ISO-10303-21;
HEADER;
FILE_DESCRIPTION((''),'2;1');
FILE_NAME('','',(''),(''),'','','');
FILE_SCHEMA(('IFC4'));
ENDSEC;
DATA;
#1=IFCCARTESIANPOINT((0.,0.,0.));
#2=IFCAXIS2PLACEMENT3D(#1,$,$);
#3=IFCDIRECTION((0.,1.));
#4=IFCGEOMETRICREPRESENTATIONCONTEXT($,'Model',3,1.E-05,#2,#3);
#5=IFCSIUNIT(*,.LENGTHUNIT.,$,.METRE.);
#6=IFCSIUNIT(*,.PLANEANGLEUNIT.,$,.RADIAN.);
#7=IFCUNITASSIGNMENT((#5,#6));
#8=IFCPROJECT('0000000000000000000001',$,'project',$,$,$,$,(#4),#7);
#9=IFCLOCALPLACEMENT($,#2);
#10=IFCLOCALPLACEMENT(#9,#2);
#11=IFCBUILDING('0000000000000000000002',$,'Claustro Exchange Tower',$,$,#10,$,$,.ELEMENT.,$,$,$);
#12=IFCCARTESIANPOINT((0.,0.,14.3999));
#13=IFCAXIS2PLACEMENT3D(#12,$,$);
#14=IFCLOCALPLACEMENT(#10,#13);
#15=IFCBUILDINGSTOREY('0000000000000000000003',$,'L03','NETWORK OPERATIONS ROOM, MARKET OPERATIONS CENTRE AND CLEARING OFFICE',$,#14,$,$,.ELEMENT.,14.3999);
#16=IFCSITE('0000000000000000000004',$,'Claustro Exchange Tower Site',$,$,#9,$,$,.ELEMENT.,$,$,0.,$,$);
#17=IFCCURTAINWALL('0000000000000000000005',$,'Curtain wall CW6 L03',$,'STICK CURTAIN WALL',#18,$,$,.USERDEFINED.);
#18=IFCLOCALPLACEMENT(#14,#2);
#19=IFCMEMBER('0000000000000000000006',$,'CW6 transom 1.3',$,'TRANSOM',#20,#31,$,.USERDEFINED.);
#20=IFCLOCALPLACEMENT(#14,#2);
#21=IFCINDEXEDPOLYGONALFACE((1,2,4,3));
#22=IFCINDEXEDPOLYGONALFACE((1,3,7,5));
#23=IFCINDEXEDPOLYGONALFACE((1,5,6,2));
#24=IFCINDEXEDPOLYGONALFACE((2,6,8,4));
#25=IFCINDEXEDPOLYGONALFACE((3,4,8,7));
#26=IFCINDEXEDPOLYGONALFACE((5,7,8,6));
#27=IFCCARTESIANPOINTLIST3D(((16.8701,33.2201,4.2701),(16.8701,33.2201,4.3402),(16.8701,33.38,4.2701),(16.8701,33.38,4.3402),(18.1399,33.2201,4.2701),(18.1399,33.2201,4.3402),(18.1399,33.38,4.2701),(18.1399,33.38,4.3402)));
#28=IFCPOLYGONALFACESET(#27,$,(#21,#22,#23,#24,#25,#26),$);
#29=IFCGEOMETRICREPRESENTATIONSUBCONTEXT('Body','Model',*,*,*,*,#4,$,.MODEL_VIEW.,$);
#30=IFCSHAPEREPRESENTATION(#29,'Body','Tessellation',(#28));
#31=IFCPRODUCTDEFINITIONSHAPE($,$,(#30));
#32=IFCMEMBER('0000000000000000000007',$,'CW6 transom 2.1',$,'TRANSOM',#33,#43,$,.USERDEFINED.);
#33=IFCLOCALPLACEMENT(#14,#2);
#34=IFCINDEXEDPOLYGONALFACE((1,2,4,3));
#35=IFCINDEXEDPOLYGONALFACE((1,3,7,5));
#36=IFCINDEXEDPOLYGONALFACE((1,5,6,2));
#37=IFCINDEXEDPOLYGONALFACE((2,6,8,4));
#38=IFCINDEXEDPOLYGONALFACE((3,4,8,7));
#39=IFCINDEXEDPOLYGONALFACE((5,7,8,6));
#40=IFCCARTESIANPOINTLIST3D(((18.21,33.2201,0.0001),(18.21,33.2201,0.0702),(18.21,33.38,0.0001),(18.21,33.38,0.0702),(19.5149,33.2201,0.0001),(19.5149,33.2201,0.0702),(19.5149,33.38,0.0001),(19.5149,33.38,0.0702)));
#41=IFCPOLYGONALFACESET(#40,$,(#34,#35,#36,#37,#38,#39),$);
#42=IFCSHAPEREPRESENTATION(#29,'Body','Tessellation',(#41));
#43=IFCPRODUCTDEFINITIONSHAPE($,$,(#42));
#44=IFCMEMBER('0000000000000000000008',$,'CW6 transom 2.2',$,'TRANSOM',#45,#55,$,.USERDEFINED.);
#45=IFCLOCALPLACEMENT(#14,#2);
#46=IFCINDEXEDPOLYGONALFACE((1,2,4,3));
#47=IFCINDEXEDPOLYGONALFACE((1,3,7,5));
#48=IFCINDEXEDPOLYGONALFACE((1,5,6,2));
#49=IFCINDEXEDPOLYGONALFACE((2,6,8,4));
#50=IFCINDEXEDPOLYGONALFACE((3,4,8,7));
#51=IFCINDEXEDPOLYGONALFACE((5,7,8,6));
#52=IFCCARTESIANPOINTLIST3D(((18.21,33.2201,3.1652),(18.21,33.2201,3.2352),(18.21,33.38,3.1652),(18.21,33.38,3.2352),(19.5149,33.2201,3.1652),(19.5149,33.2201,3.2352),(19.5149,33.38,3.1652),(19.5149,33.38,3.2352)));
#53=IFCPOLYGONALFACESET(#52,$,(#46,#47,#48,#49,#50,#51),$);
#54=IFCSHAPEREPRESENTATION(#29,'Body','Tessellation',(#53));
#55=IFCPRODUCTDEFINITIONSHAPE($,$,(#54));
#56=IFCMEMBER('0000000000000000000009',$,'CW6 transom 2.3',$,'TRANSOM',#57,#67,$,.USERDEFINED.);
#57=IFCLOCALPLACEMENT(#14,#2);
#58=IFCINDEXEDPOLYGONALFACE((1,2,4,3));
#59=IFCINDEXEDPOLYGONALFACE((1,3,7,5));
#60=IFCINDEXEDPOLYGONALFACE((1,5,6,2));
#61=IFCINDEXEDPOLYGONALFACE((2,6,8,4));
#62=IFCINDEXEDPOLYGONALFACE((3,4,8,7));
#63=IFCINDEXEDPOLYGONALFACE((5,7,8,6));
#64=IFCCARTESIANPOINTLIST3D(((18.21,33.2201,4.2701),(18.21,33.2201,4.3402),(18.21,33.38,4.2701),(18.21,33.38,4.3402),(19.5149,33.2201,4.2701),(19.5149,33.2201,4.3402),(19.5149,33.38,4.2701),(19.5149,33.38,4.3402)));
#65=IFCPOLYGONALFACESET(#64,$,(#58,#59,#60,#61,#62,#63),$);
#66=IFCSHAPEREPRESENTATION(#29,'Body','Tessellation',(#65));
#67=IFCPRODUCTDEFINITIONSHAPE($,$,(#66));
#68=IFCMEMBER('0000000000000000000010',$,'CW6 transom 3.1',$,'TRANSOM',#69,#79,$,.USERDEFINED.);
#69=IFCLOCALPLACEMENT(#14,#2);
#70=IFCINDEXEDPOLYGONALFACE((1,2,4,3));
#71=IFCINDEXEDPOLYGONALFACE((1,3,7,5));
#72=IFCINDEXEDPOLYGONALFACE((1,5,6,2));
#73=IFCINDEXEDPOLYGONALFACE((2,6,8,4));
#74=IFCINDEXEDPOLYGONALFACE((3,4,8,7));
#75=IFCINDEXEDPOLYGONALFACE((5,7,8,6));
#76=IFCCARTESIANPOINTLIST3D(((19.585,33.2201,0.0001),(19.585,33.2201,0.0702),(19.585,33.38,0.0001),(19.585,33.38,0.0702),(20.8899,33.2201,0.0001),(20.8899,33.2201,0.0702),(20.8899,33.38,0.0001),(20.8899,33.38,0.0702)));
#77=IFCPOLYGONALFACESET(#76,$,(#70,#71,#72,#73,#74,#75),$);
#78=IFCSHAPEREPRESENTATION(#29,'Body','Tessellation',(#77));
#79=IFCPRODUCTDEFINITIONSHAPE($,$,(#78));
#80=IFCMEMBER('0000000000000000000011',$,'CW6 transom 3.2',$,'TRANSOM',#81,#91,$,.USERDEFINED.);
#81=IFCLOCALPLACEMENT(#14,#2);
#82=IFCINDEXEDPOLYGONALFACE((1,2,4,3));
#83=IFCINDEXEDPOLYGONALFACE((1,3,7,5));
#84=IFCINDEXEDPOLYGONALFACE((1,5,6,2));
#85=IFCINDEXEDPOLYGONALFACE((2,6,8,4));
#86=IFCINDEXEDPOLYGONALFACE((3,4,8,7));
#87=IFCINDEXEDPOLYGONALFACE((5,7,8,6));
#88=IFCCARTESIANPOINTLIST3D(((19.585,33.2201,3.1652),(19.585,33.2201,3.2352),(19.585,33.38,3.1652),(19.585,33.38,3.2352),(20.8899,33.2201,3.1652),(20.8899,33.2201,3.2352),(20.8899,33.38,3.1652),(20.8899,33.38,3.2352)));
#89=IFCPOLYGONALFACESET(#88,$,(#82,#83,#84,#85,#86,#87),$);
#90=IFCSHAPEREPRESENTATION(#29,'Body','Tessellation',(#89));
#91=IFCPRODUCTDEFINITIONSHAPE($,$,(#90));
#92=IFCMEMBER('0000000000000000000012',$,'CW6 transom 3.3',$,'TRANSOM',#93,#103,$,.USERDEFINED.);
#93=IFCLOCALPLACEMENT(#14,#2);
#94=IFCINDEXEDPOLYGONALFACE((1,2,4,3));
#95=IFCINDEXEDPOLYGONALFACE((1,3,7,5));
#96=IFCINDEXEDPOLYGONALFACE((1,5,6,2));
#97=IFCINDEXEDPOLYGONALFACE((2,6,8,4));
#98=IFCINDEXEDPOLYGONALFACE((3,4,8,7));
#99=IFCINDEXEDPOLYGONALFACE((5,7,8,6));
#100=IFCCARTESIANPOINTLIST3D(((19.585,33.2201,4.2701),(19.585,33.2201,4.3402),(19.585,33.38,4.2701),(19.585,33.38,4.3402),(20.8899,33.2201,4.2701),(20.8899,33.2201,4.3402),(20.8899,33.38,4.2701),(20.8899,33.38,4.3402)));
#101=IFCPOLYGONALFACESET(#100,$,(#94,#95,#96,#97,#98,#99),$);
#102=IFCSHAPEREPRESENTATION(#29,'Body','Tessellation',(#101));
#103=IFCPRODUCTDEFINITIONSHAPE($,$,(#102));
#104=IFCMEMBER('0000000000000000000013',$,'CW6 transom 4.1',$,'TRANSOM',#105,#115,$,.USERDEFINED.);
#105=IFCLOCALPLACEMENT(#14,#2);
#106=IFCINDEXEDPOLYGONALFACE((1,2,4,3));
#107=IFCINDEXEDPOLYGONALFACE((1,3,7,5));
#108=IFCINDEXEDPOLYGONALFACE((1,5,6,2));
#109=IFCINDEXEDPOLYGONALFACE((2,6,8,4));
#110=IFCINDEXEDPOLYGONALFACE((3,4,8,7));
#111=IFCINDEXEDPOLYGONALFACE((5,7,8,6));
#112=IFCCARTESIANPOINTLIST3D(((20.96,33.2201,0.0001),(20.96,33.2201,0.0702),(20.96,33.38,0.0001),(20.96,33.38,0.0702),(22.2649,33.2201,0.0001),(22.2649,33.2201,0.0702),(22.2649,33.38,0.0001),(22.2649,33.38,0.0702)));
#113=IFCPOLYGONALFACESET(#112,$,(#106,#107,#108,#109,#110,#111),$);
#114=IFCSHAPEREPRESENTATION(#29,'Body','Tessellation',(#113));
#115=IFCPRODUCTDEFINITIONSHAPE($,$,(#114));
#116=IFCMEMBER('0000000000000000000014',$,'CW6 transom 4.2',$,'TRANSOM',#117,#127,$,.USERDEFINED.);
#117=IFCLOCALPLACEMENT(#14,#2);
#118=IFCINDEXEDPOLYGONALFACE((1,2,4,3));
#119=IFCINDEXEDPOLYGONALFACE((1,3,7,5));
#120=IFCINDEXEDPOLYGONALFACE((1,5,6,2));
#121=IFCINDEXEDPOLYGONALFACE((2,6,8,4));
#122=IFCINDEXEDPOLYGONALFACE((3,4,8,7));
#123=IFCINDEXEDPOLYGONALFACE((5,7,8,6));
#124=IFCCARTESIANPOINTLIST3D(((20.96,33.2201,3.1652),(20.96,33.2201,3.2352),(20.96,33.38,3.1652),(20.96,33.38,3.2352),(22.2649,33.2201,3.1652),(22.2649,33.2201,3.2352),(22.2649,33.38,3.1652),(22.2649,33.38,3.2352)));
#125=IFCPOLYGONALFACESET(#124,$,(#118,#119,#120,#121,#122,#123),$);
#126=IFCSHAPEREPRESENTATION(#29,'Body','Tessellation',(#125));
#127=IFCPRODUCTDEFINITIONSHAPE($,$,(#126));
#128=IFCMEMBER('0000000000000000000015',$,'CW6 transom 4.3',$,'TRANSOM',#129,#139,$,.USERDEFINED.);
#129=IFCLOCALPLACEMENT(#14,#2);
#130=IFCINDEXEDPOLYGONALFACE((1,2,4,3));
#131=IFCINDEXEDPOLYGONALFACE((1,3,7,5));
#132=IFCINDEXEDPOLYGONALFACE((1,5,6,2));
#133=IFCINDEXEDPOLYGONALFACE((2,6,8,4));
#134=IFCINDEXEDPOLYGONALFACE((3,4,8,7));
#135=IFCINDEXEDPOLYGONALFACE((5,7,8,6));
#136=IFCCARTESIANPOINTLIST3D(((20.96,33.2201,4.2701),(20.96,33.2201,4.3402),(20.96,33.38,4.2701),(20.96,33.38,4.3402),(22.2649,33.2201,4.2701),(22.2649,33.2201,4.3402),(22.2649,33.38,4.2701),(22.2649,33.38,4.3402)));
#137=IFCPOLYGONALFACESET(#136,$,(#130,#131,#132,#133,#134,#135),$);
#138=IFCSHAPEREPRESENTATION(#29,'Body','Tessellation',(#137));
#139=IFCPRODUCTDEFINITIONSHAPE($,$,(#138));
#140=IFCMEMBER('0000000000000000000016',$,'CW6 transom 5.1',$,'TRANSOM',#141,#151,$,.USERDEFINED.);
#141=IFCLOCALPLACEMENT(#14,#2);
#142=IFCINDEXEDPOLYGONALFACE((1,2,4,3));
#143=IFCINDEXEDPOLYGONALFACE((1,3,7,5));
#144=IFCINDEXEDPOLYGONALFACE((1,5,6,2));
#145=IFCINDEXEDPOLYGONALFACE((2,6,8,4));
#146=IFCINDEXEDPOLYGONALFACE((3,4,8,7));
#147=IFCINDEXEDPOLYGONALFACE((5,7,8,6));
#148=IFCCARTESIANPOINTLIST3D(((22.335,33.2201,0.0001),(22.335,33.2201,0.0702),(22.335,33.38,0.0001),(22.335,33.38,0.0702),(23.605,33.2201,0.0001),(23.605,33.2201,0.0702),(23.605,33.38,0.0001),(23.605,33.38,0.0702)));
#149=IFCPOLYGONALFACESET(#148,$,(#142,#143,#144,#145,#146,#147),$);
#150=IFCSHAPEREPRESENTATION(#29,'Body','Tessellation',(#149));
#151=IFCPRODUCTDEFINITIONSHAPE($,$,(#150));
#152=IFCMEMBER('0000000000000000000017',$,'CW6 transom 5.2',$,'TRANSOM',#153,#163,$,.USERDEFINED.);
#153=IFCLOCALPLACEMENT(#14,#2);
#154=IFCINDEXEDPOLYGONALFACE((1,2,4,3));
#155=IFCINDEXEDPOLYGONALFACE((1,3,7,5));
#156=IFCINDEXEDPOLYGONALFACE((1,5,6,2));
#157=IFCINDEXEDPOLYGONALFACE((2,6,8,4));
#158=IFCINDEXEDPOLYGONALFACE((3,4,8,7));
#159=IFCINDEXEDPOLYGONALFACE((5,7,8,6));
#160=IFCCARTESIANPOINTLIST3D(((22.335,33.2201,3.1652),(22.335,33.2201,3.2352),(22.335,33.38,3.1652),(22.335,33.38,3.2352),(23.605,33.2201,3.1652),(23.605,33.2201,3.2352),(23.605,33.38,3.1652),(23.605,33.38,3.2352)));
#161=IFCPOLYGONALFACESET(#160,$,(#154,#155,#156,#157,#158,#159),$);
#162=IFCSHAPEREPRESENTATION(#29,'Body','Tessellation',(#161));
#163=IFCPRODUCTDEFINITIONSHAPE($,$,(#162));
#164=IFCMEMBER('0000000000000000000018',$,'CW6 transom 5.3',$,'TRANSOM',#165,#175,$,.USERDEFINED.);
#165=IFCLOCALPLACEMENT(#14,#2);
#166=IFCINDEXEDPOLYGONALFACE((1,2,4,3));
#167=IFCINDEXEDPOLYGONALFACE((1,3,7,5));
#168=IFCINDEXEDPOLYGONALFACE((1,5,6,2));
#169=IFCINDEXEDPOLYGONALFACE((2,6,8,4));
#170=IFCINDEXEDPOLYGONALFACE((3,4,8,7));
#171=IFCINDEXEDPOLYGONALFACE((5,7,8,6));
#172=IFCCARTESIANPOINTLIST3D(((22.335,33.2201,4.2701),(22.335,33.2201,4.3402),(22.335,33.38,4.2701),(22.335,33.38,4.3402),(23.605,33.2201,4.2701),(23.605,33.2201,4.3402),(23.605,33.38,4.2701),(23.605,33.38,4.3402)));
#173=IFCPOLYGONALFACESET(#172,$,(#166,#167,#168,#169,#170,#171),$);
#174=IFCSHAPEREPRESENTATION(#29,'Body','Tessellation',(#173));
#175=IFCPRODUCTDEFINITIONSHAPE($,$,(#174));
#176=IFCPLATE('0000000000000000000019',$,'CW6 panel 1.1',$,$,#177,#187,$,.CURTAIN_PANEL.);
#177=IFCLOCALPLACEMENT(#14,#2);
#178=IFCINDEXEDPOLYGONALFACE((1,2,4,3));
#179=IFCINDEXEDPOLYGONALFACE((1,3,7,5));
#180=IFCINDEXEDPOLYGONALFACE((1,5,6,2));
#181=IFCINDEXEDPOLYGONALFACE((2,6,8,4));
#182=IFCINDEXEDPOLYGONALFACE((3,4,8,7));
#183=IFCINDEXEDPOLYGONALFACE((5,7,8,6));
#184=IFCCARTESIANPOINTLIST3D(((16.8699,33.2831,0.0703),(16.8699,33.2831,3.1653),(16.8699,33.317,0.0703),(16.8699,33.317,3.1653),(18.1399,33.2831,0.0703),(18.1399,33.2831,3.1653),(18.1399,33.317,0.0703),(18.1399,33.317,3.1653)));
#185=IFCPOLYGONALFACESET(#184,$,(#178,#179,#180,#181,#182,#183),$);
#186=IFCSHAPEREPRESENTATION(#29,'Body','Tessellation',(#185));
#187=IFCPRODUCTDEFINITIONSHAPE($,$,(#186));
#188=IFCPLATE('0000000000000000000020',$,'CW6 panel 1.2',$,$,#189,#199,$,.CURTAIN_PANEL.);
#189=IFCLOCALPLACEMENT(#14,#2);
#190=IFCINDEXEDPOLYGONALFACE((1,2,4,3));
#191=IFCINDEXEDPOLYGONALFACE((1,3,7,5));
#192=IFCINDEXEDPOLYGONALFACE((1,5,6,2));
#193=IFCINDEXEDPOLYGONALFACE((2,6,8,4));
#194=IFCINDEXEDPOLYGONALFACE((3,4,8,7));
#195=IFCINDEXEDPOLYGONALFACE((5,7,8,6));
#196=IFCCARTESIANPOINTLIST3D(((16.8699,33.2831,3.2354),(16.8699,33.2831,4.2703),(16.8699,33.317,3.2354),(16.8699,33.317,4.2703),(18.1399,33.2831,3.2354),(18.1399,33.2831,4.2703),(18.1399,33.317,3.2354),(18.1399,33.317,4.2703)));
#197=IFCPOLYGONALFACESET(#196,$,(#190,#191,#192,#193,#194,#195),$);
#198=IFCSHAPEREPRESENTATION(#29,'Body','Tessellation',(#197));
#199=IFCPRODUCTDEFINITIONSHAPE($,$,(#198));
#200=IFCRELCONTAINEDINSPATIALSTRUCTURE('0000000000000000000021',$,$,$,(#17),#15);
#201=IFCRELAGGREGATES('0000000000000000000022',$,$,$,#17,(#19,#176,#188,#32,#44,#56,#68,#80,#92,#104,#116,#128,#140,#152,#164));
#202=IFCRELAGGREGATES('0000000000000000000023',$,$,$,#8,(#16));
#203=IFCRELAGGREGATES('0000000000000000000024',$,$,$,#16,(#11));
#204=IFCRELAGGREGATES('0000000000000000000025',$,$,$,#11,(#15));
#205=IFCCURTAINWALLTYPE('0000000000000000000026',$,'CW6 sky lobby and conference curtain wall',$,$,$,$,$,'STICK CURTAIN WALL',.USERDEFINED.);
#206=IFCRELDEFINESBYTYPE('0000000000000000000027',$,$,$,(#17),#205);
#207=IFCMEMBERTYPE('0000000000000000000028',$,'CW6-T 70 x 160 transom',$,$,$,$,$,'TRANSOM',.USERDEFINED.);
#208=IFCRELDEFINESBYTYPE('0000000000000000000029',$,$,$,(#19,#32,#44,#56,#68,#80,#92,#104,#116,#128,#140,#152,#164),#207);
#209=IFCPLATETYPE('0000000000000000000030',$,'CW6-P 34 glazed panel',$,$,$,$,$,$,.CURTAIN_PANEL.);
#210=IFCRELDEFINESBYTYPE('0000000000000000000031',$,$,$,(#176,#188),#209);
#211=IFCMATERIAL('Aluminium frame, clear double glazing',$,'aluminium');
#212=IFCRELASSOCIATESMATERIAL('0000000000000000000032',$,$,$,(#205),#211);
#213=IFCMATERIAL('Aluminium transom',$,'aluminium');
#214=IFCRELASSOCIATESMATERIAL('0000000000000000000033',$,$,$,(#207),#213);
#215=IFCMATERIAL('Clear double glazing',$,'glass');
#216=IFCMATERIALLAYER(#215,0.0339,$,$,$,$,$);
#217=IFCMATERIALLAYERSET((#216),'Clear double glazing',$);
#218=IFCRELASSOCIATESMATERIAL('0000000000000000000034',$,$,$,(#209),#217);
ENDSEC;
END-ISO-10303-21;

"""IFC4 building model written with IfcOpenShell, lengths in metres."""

from ifc_helpers import new_model, si_unit, direction, frame, origin, origin_2d, place, context, subcontext, project, spatial, rectangle, extrude, material, layer, layer_set, material_profile, profile_set, type_object, element, aggregate, save


model = new_model("IFC4")

# Units and contexts
model_context = context("Model", 3, precision=1e-05, world=origin(), true_north=direction((0.0, 1.0)))
body_context = subcontext(model_context, "Body", "Model", "MODEL_VIEW")
ifc_project = project(units=[si_unit("LENGTHUNIT", "METRE"), si_unit("PLANEANGLEUNIT", "RADIAN")], contexts=[model_context])

# Site, building, storey
site_placement = place(None, origin())
site = spatial("IfcSite", under=ifc_project, at=site_placement, Name="Claustro Exchange Tower Site", CompositionType="ELEMENT", RefElevation=0.0)
building_placement = place(site_placement, origin())
building = spatial("IfcBuilding", under=site, at=building_placement, Name="Claustro Exchange Tower", CompositionType="ELEMENT")
storey_placement = place(building_placement, frame((0.0, 0.0, 14.3999)))
storey = spatial("IfcBuildingStorey", under=building, at=storey_placement, Name="L03", Description="NETWORK OPERATIONS ROOM, MARKET OPERATIONS CENTRE AND CLEARING OFFICE", CompositionType="ELEMENT", Elevation=14.3999)

# Curtain wall, members, plates
ifc_material_1 = material(Name="Aluminium frame, clear double glazing", Category="aluminium")
curtain_wall_type = type_object("IfcCurtainWallType", Name="CW6 sky lobby and conference curtain wall", ElementType="STICK CURTAIN WALL", PredefinedType="USERDEFINED", material=ifc_material_1)
curtain_wall_placement = place(storey_placement, origin())
curtain_wall = element("IfcCurtainWall", 1, at=curtain_wall_placement, inside=storey, type_object=curtain_wall_type, Name="Curtain wall CW6 L03", ObjectType="STICK CURTAIN WALL", PredefinedType="USERDEFINED")
ifc_material_2 = material(Name="Aluminium transom", Category="aluminium")
ifc_material_profile_1 = material_profile(ifc_material_2, rectangle(XDim=0.1599, YDim=0.0701, at=origin_2d()), Name="CW6-T 70x160")
ifc_profile_set_1 = profile_set([ifc_material_profile_1], Name="Aluminium transom")
member_type_1 = type_object("IfcMemberType", Name="CW6-T 70 x 160 transom", ElementType="TRANSOM", PredefinedType="USERDEFINED", material=ifc_profile_set_1)
member_1_placement = place(storey_placement, frame((16.8701, 33.3, 4.3052), z_axis=(1.0, 0.0, 0.0), x_axis=(0.0, 1.0, 0.0)))
member_1 = element("IfcMember", 2, at=member_1_placement, type_object=member_type_1, Name="CW6 transom 1.3", ObjectType="TRANSOM", PredefinedType="USERDEFINED", context=body_context, shape_type="SweptSolid", body=[
    extrude(rectangle(XDim=0.1599, YDim=0.0701, at=origin_2d()), origin(), (0.0, 0.0, 1.0), 1.2698),
])
member_2_placement = place(storey_placement, frame((18.21, 33.3, 0.0352), z_axis=(1.0, 0.0, 0.0), x_axis=(0.0, 1.0, 0.0)))
member_2 = element("IfcMember", 3, at=member_2_placement, type_object=member_type_1, Name="CW6 transom 2.1", ObjectType="TRANSOM", PredefinedType="USERDEFINED", context=body_context, shape_type="SweptSolid", body=[
    extrude(rectangle(XDim=0.1599, YDim=0.0701, at=origin_2d()), origin(), (0.0, 0.0, 1.0), 1.3049),
])
member_3_placement = place(storey_placement, frame((18.21, 33.3, 3.2002), z_axis=(1.0, 0.0, 0.0), x_axis=(0.0, 1.0, 0.0)))
member_3 = element("IfcMember", 4, at=member_3_placement, type_object=member_type_1, Name="CW6 transom 2.2", ObjectType="TRANSOM", PredefinedType="USERDEFINED", context=body_context, shape_type="SweptSolid", body=[
    extrude(rectangle(XDim=0.1599, YDim=0.0701, at=origin_2d()), origin(), (0.0, 0.0, 1.0), 1.3049),
])
member_4_placement = place(storey_placement, frame((18.21, 33.3, 4.3052), z_axis=(1.0, 0.0, 0.0), x_axis=(0.0, 1.0, 0.0)))
member_4 = element("IfcMember", 5, at=member_4_placement, type_object=member_type_1, Name="CW6 transom 2.3", ObjectType="TRANSOM", PredefinedType="USERDEFINED", context=body_context, shape_type="SweptSolid", body=[
    extrude(rectangle(XDim=0.1599, YDim=0.0701, at=origin_2d()), origin(), (0.0, 0.0, 1.0), 1.3049),
])
member_5_placement = place(storey_placement, frame((19.585, 33.3, 0.0352), z_axis=(1.0, 0.0, 0.0), x_axis=(0.0, 1.0, 0.0)))
member_5 = element("IfcMember", 6, at=member_5_placement, type_object=member_type_1, Name="CW6 transom 3.1", ObjectType="TRANSOM", PredefinedType="USERDEFINED", context=body_context, shape_type="SweptSolid", body=[
    extrude(rectangle(XDim=0.1599, YDim=0.0701, at=origin_2d()), origin(), (0.0, 0.0, 1.0), 1.3049),
])
member_6_placement = place(storey_placement, frame((19.585, 33.3, 3.2002), z_axis=(1.0, 0.0, 0.0), x_axis=(0.0, 1.0, 0.0)))
member_6 = element("IfcMember", 7, at=member_6_placement, type_object=member_type_1, Name="CW6 transom 3.2", ObjectType="TRANSOM", PredefinedType="USERDEFINED", context=body_context, shape_type="SweptSolid", body=[
    extrude(rectangle(XDim=0.1599, YDim=0.0701, at=origin_2d()), origin(), (0.0, 0.0, 1.0), 1.3049),
])
member_7_placement = place(storey_placement, frame((19.585, 33.3, 4.3052), z_axis=(1.0, 0.0, 0.0), x_axis=(0.0, 1.0, 0.0)))
member_7 = element("IfcMember", 8, at=member_7_placement, type_object=member_type_1, Name="CW6 transom 3.3", ObjectType="TRANSOM", PredefinedType="USERDEFINED", context=body_context, shape_type="SweptSolid", body=[
    extrude(rectangle(XDim=0.1599, YDim=0.0701, at=origin_2d()), origin(), (0.0, 0.0, 1.0), 1.3049),
])
member_8_placement = place(storey_placement, frame((20.96, 33.3, 0.0352), z_axis=(1.0, 0.0, 0.0), x_axis=(0.0, 1.0, 0.0)))
member_8 = element("IfcMember", 9, at=member_8_placement, type_object=member_type_1, Name="CW6 transom 4.1", ObjectType="TRANSOM", PredefinedType="USERDEFINED", context=body_context, shape_type="SweptSolid", body=[
    extrude(rectangle(XDim=0.1599, YDim=0.0701, at=origin_2d()), origin(), (0.0, 0.0, 1.0), 1.3049),
])
member_9_placement = place(storey_placement, frame((20.96, 33.3, 3.2002), z_axis=(1.0, 0.0, 0.0), x_axis=(0.0, 1.0, 0.0)))
member_9 = element("IfcMember", 10, at=member_9_placement, type_object=member_type_1, Name="CW6 transom 4.2", ObjectType="TRANSOM", PredefinedType="USERDEFINED", context=body_context, shape_type="SweptSolid", body=[
    extrude(rectangle(XDim=0.1599, YDim=0.0701, at=origin_2d()), origin(), (0.0, 0.0, 1.0), 1.3049),
])
member_10_placement = place(storey_placement, frame((20.96, 33.3, 4.3052), z_axis=(1.0, 0.0, 0.0), x_axis=(0.0, 1.0, 0.0)))
member_10 = element("IfcMember", 11, at=member_10_placement, type_object=member_type_1, Name="CW6 transom 4.3", ObjectType="TRANSOM", PredefinedType="USERDEFINED", context=body_context, shape_type="SweptSolid", body=[
    extrude(rectangle(XDim=0.1599, YDim=0.0701, at=origin_2d()), origin(), (0.0, 0.0, 1.0), 1.3049),
])
member_11_placement = place(storey_placement, frame((22.335, 33.3, 0.0352), z_axis=(1.0, 0.0, 0.0), x_axis=(0.0, 1.0, 0.0)))
member_11 = element("IfcMember", 12, at=member_11_placement, type_object=member_type_1, Name="CW6 transom 5.1", ObjectType="TRANSOM", PredefinedType="USERDEFINED", context=body_context, shape_type="SweptSolid", body=[
    extrude(rectangle(XDim=0.1599, YDim=0.0701, at=origin_2d()), origin(), (0.0, 0.0, 1.0), 1.27),
])
member_12_placement = place(storey_placement, frame((22.335, 33.3, 3.2002), z_axis=(1.0, 0.0, 0.0), x_axis=(0.0, 1.0, 0.0)))
member_12 = element("IfcMember", 13, at=member_12_placement, type_object=member_type_1, Name="CW6 transom 5.2", ObjectType="TRANSOM", PredefinedType="USERDEFINED", context=body_context, shape_type="SweptSolid", body=[
    extrude(rectangle(XDim=0.1599, YDim=0.0701, at=origin_2d()), origin(), (0.0, 0.0, 1.0), 1.27),
])
member_13_placement = place(storey_placement, frame((22.335, 33.3, 4.3052), z_axis=(1.0, 0.0, 0.0), x_axis=(0.0, 1.0, 0.0)))
member_13 = element("IfcMember", 14, at=member_13_placement, type_object=member_type_1, Name="CW6 transom 5.3", ObjectType="TRANSOM", PredefinedType="USERDEFINED", context=body_context, shape_type="SweptSolid", body=[
    extrude(rectangle(XDim=0.1599, YDim=0.0701, at=origin_2d()), origin(), (0.0, 0.0, 1.0), 1.27),
])
ifc_material_3 = material(Name="Clear double glazing", Category="glass")
ifc_layer_1 = layer(ifc_material_3, 0.0339)
ifc_layer_set_1 = layer_set([ifc_layer_1], Name="Clear double glazing")
plate_type = type_object("IfcPlateType", Name="CW6-P 34 glazed panel", PredefinedType="CURTAIN_PANEL", material=ifc_layer_set_1)
plate_1_placement = place(storey_placement, frame((17.5049, 33.3, 0.0703), z_axis=(0.0, 0.0, 1.0), x_axis=(1.0, 0.0, 0.0)))
plate_1 = element("IfcPlate", 15, at=plate_1_placement, type_object=plate_type, Name="CW6 panel 1.1", PredefinedType="CURTAIN_PANEL", context=body_context, shape_type="SweptSolid", body=[
    extrude(rectangle(XDim=1.27, YDim=0.0339, at=origin_2d()), origin(), (0.0, 0.0, 1.0), 3.095),
])
plate_2_placement = place(storey_placement, frame((17.5049, 33.3, 3.2354), z_axis=(0.0, 0.0, 1.0), x_axis=(1.0, 0.0, 0.0)))
plate_2 = element("IfcPlate", 16, at=plate_2_placement, type_object=plate_type, Name="CW6 panel 1.2", PredefinedType="CURTAIN_PANEL", context=body_context, shape_type="SweptSolid", body=[
    extrude(rectangle(XDim=1.27, YDim=0.0339, at=origin_2d()), origin(), (0.0, 0.0, 1.0), 1.0349),
])
aggregate(curtain_wall, [member_1, plate_1, plate_2, member_2, member_3, member_4, member_5, member_6, member_7, member_8, member_9, member_10, member_11, member_12, member_13])

save(model, "model.ifc")
